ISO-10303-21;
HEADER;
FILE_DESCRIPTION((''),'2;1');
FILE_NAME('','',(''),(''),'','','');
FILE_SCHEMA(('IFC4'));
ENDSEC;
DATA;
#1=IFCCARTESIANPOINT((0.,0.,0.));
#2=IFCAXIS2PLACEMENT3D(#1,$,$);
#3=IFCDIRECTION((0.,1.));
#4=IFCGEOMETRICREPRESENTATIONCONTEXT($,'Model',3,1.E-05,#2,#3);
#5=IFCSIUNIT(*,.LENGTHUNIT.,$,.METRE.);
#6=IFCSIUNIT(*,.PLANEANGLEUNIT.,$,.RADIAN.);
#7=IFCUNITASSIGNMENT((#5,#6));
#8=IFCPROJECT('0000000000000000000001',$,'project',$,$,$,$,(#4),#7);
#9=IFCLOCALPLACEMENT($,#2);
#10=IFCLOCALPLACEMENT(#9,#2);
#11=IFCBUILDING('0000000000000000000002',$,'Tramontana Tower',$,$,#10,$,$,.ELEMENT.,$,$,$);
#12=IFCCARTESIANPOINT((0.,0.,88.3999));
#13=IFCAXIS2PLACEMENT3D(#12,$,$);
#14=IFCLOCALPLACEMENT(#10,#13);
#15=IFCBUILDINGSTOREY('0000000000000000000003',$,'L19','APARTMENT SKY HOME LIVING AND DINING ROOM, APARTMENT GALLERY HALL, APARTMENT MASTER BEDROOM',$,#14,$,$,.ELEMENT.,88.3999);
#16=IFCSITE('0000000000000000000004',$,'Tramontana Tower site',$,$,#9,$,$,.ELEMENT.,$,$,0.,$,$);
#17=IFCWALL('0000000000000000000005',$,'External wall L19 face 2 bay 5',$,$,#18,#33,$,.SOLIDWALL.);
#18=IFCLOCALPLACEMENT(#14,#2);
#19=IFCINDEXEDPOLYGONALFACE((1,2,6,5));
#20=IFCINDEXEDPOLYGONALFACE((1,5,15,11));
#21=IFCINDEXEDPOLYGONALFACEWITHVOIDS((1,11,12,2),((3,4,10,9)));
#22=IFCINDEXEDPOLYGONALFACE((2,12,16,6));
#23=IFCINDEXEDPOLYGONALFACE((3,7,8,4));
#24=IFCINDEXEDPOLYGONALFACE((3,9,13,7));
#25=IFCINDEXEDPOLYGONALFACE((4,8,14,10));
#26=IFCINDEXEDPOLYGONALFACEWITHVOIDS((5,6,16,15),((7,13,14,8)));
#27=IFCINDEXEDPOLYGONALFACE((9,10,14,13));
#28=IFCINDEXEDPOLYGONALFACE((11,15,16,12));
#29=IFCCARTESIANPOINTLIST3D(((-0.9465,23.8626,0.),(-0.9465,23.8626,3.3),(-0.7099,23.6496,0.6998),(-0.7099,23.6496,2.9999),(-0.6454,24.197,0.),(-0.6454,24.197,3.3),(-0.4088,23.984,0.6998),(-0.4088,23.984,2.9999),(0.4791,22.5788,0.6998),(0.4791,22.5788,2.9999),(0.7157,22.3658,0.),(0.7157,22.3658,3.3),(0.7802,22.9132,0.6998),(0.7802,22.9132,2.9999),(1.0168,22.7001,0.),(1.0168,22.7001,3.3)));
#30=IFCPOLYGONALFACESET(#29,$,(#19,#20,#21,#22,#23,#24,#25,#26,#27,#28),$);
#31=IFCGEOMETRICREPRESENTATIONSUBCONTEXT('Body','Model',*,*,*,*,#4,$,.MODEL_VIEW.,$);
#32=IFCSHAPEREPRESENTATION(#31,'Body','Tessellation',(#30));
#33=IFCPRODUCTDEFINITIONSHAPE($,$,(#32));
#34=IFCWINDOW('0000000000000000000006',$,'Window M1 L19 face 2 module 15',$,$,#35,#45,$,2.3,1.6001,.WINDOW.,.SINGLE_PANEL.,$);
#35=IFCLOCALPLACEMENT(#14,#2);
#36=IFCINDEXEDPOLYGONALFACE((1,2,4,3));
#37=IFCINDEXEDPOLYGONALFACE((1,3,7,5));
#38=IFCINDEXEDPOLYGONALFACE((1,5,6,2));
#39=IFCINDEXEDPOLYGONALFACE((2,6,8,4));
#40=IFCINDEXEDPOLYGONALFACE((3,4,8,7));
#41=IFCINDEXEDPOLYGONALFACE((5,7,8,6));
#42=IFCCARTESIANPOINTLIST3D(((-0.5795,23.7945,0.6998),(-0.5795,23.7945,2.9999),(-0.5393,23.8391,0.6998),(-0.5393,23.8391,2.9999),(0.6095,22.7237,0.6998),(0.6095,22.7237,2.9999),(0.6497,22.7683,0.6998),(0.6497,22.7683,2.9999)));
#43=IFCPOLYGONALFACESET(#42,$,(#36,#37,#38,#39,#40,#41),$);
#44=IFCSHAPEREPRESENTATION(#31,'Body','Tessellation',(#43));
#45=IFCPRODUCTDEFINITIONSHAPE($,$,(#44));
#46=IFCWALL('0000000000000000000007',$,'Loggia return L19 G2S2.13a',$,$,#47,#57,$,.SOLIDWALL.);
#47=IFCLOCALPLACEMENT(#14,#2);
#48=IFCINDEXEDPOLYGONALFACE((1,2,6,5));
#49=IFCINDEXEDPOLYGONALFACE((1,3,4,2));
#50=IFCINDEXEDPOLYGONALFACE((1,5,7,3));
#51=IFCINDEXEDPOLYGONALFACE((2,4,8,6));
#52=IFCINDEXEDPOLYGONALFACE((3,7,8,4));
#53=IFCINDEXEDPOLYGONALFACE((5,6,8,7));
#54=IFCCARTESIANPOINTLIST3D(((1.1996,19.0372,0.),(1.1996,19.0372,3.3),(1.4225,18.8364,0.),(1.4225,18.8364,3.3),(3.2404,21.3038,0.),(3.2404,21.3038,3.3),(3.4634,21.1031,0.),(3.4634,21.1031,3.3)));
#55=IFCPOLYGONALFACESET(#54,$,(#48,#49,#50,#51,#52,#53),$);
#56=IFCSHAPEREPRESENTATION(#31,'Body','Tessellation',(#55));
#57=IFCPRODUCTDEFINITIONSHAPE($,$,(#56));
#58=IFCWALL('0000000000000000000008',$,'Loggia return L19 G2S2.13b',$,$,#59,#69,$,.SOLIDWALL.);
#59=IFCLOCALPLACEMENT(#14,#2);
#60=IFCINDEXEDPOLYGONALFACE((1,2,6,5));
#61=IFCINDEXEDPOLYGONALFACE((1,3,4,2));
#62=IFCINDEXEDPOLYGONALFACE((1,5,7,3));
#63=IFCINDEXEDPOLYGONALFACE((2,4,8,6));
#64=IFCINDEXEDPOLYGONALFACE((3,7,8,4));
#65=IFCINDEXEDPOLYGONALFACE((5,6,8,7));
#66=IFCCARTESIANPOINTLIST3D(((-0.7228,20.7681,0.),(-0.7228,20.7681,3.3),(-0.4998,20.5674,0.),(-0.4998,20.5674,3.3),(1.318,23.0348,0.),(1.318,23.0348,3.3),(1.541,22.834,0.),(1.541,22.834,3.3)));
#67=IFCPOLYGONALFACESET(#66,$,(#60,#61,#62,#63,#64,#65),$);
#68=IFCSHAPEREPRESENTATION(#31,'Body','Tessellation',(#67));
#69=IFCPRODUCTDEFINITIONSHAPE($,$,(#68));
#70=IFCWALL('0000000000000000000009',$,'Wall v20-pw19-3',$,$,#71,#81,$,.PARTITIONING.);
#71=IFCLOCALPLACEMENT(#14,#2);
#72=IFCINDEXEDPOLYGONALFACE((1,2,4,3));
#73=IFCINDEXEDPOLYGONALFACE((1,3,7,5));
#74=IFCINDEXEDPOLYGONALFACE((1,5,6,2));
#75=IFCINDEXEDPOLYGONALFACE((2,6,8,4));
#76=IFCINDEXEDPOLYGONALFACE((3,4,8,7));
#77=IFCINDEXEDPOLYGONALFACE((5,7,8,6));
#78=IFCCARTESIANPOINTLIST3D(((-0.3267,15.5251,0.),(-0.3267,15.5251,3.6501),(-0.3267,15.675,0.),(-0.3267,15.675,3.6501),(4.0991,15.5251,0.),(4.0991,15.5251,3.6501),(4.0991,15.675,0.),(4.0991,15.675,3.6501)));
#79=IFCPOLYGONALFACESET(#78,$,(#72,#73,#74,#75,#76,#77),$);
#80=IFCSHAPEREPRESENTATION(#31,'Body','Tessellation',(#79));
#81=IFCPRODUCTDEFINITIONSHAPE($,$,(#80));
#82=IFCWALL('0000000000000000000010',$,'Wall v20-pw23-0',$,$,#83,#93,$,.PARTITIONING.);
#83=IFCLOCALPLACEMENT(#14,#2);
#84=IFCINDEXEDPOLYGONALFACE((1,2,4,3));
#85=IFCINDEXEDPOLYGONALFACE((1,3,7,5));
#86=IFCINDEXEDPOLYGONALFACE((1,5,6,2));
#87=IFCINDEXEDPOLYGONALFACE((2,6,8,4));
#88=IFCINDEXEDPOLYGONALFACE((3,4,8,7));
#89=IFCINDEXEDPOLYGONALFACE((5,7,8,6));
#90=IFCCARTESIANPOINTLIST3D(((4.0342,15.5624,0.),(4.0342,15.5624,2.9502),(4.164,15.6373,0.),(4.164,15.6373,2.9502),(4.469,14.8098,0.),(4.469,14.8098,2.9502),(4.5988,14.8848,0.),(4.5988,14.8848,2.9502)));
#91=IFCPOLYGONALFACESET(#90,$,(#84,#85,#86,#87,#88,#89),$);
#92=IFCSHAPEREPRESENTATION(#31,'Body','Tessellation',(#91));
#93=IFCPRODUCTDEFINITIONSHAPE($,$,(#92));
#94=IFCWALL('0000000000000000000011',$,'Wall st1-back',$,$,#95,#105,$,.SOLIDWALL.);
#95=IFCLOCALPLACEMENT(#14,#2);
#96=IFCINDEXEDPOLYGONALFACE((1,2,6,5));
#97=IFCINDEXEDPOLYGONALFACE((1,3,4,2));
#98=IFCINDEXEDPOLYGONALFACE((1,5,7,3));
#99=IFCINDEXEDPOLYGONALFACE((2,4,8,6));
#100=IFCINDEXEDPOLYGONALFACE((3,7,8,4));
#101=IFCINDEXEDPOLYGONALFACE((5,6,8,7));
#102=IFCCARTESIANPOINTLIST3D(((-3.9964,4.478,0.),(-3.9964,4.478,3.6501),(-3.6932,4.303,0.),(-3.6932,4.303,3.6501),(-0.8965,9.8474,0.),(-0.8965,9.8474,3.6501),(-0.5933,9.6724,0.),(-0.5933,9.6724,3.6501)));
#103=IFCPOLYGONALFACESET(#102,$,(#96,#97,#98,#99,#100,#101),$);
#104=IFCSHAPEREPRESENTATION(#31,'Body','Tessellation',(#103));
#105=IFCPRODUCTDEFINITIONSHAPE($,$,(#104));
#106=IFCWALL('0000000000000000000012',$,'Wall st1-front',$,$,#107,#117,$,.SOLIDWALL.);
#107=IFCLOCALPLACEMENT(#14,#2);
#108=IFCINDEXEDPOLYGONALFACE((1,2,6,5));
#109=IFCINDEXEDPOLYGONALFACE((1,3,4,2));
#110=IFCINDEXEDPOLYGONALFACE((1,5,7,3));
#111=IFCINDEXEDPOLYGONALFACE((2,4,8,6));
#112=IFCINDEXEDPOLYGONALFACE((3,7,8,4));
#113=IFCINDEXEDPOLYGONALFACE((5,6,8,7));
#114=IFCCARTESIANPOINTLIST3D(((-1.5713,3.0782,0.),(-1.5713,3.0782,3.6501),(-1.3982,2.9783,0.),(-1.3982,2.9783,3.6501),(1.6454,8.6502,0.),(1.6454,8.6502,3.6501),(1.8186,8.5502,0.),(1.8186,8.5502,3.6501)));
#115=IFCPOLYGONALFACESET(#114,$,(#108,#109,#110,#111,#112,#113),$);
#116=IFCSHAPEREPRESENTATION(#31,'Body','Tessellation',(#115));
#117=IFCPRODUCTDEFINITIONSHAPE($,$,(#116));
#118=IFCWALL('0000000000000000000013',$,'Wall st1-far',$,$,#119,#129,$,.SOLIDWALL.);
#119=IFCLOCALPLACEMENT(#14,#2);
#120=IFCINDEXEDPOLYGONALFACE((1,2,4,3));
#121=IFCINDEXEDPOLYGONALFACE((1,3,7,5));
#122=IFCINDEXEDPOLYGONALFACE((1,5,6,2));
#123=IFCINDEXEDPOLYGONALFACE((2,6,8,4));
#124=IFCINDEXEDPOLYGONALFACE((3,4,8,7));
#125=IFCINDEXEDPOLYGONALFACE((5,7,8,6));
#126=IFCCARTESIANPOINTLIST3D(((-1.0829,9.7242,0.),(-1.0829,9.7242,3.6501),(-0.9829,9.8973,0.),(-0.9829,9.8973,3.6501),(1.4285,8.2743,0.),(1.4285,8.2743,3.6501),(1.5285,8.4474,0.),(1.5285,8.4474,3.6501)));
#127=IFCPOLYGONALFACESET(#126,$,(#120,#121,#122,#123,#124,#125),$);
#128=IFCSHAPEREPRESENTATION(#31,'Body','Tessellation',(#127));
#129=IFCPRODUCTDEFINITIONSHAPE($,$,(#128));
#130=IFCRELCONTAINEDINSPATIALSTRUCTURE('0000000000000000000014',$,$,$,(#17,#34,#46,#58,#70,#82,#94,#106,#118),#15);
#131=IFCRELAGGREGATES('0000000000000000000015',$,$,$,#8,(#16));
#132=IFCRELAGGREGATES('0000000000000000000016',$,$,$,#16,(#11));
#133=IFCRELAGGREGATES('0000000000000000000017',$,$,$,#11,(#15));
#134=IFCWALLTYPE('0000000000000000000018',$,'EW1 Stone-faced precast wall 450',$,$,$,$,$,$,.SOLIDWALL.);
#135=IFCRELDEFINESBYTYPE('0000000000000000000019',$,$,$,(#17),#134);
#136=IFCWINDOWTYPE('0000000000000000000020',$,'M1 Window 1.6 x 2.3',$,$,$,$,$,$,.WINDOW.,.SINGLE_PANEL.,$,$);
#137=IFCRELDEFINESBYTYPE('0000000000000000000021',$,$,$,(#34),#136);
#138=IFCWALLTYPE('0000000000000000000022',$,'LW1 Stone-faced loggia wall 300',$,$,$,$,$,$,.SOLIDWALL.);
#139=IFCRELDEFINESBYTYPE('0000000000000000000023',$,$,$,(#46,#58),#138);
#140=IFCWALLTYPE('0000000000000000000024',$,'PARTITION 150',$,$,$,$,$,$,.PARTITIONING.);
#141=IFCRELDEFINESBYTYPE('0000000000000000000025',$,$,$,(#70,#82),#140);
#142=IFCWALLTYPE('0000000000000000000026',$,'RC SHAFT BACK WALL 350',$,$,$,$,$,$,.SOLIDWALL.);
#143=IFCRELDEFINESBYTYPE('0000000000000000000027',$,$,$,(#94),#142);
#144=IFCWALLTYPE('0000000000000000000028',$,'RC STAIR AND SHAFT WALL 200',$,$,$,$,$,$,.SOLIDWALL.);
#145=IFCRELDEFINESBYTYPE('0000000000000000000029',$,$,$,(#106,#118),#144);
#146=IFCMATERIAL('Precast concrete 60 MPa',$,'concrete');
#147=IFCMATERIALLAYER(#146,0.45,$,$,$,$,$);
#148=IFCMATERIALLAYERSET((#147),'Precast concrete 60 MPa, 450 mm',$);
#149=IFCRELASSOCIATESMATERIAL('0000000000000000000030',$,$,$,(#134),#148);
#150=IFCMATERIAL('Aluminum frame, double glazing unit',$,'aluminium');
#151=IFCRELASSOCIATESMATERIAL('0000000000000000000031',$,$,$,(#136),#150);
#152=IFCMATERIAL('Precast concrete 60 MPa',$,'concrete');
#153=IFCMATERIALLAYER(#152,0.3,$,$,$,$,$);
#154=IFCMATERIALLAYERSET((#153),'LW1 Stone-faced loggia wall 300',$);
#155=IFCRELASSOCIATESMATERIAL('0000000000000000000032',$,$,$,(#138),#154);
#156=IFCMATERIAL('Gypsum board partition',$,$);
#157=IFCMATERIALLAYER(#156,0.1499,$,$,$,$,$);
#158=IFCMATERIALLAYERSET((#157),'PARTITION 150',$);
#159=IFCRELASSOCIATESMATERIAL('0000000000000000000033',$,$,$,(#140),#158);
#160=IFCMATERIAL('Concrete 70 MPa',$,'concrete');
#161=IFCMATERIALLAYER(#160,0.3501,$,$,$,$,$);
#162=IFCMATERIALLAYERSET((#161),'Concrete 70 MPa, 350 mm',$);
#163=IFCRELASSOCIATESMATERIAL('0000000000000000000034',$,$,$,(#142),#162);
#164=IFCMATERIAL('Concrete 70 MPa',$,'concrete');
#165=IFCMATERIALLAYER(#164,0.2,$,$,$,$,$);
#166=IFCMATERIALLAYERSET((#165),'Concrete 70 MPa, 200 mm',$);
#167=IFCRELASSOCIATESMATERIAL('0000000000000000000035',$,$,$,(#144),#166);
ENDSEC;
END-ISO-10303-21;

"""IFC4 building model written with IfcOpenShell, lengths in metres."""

from ifc_helpers import new_model, si_unit, direction, frame, frame_2d, origin, place, context, subcontext, project, spatial, rectangle, extrude, material, layer, layer_set, type_object, element, fill, save


model = new_model("IFC4")

# Units and contexts
model_context = context("Model", 3, precision=1e-05, world=origin(), true_north=direction((0.0, 1.0)))
body_context = subcontext(model_context, "Body", "Model", "MODEL_VIEW")
ifc_project = project(units=[si_unit("LENGTHUNIT", "METRE"), si_unit("PLANEANGLEUNIT", "RADIAN")], contexts=[model_context])

# Site, building, storey
site_placement = place(None, origin())
site = spatial("IfcSite", under=ifc_project, at=site_placement, Name="Tramontana Tower site", CompositionType="ELEMENT", RefElevation=0.0)
building_placement = place(site_placement, origin())
building = spatial("IfcBuilding", under=site, at=building_placement, Name="Tramontana Tower", CompositionType="ELEMENT")
storey_placement = place(building_placement, frame((0.0, 0.0, 88.3999)))
storey = spatial("IfcBuildingStorey", under=building, at=storey_placement, Name="L19", Description="APARTMENT SKY HOME LIVING AND DINING ROOM, APARTMENT GALLERY HALL, APARTMENT MASTER BEDROOM", CompositionType="ELEMENT", Elevation=88.3999)

# Wall, opening, window
ifc_material_1 = material(Name="Precast concrete 60 MPa", Category="concrete")
ifc_layer_1 = layer(ifc_material_1, 0.45)
ifc_layer_set_1 = layer_set([ifc_layer_1], Name="Precast concrete 60 MPa, 450 mm")
wall_type_1 = type_object("IfcWallType", Name="EW1 Stone-faced precast wall 450", PredefinedType="SOLIDWALL", material=ifc_layer_set_1)
ifc_material_2 = material(Name="Aluminum frame, double glazing unit", Category="aluminium")
window_type = type_object("IfcWindowType", Name="M1 Window 1.6 x 2.3", PartitioningType="SINGLE_PANEL", PredefinedType="WINDOW", material=ifc_material_2)
wall_1_placement = place(storey_placement, frame((0.8662, 22.533, 0.0), z_axis=(0.0, 0.0, 1.0), x_axis=(-0.743088, 0.669194, 0.0)))
wall_1 = element("IfcWall", 1, at=wall_1_placement, inside=storey, type_object=wall_type_1, Name="External wall L19 face 2 bay 5", PredefinedType="SOLIDWALL", context=body_context, shape_type="SweptSolid", body=[
    extrude(rectangle(XDim=2.2368, YDim=0.45, at=frame_2d((1.1184, 0.0))), origin(), (0.0, 0.0, 1.0), 3.3),
])
opening_1_placement = place(wall_1_placement, frame((0.3184, 0.0, 0.7)))
opening_1 = element("IfcOpeningElement", 2, at=opening_1_placement, cuts=wall_1, PredefinedType="OPENING", context=body_context, shape_type="SweptSolid", body=[
    extrude(rectangle(XDim=1.6001, YDim=2.3, at=frame_2d((0.8, 1.1499))), frame((0.0, 0.2349, 0.0), z_axis=(0.0, -1.0, 0.0), x_axis=(1.0, 0.0, 0.0)), (0.0, 0.0, 1.0), 0.47),
])
window_1_placement = place(opening_1_placement, origin())
window_1 = element("IfcWindow", 3, at=window_1_placement, inside=storey, type_object=window_type, Name="Window M1 L19 face 2 module 15", OverallHeight=2.3, OverallWidth=1.6001, PartitioningType="SINGLE_PANEL", PredefinedType="WINDOW", context=body_context, shape_type="SweptSolid", body=[
    extrude(rectangle(XDim=1.6001, YDim=2.3, at=frame_2d((0.8, 1.1499))), frame((0.0, 0.03, 0.0), z_axis=(0.0, -1.0, 0.0), x_axis=(1.0, 0.0, 0.0)), (0.0, 0.0, 1.0), 0.0601),
])
fill(opening_1, window_1)

# Shared definitions
ifc_material_3 = material(Name="Precast concrete 60 MPa", Category="concrete")
ifc_layer_2 = layer(ifc_material_3, 0.3)
ifc_layer_set_2 = layer_set([ifc_layer_2], Name="LW1 Stone-faced loggia wall 300")
wall_type_2 = type_object("IfcWallType", Name="LW1 Stone-faced loggia wall 300", PredefinedType="SOLIDWALL", material=ifc_layer_set_2)

# Walls
for number, where, z_axis, x_axis, name in (
    (4, (3.3518, 21.2034, 0.0), (0.0, 0.0, 1.0), (-0.669115, -0.743159, 0.0), "Loggia return L19 G2S2.13a"),
    (5, (1.4294, 22.9343, 0.0), (0.0, 0.0, 1.0), (-0.669115, -0.743159, 0.0), "Loggia return L19 G2S2.13b"),
):
    element("IfcWall", number, at=place(storey_placement, frame(where, z_axis=z_axis, x_axis=x_axis)), inside=storey, type_object=wall_type_2, Name=name, PredefinedType="SOLIDWALL", context=body_context, shape_type="SweptSolid", body=[
        extrude(rectangle(XDim=3.05, YDim=0.3, at=frame_2d((1.5249, 0.0))), origin(), (0.0, 0.0, 1.0), 3.3),
    ])
ifc_material_4 = material(Name="Gypsum board partition")
ifc_layer_3 = layer(ifc_material_4, 0.1499)
ifc_layer_set_3 = layer_set([ifc_layer_3], Name="PARTITION 150")
wall_type_3 = type_object("IfcWallType", Name="PARTITION 150", PredefinedType="PARTITIONING", material=ifc_layer_set_3)
wall_2_placement = place(storey_placement, frame((-0.3267, 15.6001, 0.0), z_axis=(0.0, 0.0, 1.0), x_axis=(1.0, 0.0, 0.0)))
element("IfcWall", 6, at=wall_2_placement, inside=storey, type_object=wall_type_3, Name="Wall v20-pw19-3", PredefinedType="PARTITIONING", context=body_context, shape_type="SweptSolid", body=[
    extrude(rectangle(XDim=4.4258, YDim=0.1499, at=frame_2d((2.2129, 0.0))), origin(), (0.0, 0.0, 1.0), 3.6501),
])
wall_3_placement = place(storey_placement, frame((4.0991, 15.5999, 0.0), z_axis=(0.0, 0.0, 1.0), x_axis=(0.500217, -0.8659, 0.0)))
element("IfcWall", 7, at=wall_3_placement, inside=storey, type_object=wall_type_3, Name="Wall v20-pw23-0", PredefinedType="PARTITIONING", context=body_context, shape_type="SweptSolid", body=[
    extrude(rectangle(XDim=0.8691, YDim=0.1499, at=frame_2d((0.4346, 0.0))), origin(), (0.0, 0.0, 1.0), 2.9502),
])
ifc_material_5 = material(Name="Concrete 70 MPa", Category="concrete")
ifc_layer_4 = layer(ifc_material_5, 0.3501)
ifc_layer_set_4 = layer_set([ifc_layer_4], Name="Concrete 70 MPa, 350 mm")
wall_type_4 = type_object("IfcWallType", Name="RC SHAFT BACK WALL 350", PredefinedType="SOLIDWALL", material=ifc_layer_set_4)
wall_4_placement = place(storey_placement, frame((-0.7449, 9.76, 0.0), z_axis=(0.0, 0.0, 1.0), x_axis=(-0.49998, -0.866037, 0.0)))
element("IfcWall", 8, at=wall_4_placement, inside=storey, type_object=wall_type_4, Name="Wall st1-back", PredefinedType="SOLIDWALL", context=body_context, shape_type="SweptSolid", body=[
    extrude(rectangle(XDim=6.2, YDim=0.3501, at=frame_2d((3.1001, 0.0))), origin(), (0.0, 0.0, 1.0), 3.6501),
])
ifc_material_6 = material(Name="Concrete 70 MPa", Category="concrete")
ifc_layer_5 = layer(ifc_material_6, 0.2)
ifc_layer_set_5 = layer_set([ifc_layer_5], Name="Concrete 70 MPa, 200 mm")
wall_type_5 = type_object("IfcWallType", Name="RC STAIR AND SHAFT WALL 200", PredefinedType="SOLIDWALL", material=ifc_layer_set_5)
wall_5_placement = place(storey_placement, frame((1.7319, 8.6001, 0.0), z_axis=(0.0, 0.0, 1.0), x_axis=(-0.499975, -0.86604, 0.0)))
element("IfcWall", 9, at=wall_5_placement, inside=storey, type_object=wall_type_5, Name="Wall st1-front", PredefinedType="SOLIDWALL", context=body_context, shape_type="SweptSolid", body=[
    extrude(rectangle(XDim=6.4338, YDim=0.2, at=frame_2d((3.2168, 0.0))), origin(), (0.0, 0.0, 1.0), 3.6501),
])
wall_6_placement = place(storey_placement, frame((1.4785, 8.3608, 0.0), z_axis=(0.0, 0.0, 1.0), x_axis=(-0.866033, 0.499987, 0.0)))
element("IfcWall", 10, at=wall_6_placement, inside=storey, type_object=wall_type_5, Name="Wall st1-far", PredefinedType="SOLIDWALL", context=body_context, shape_type="SweptSolid", body=[
    extrude(rectangle(XDim=2.8999, YDim=0.2, at=frame_2d((1.45, 0.0))), origin(), (0.0, 0.0, 1.0), 3.6501),
])

save(model, "model.ifc")
